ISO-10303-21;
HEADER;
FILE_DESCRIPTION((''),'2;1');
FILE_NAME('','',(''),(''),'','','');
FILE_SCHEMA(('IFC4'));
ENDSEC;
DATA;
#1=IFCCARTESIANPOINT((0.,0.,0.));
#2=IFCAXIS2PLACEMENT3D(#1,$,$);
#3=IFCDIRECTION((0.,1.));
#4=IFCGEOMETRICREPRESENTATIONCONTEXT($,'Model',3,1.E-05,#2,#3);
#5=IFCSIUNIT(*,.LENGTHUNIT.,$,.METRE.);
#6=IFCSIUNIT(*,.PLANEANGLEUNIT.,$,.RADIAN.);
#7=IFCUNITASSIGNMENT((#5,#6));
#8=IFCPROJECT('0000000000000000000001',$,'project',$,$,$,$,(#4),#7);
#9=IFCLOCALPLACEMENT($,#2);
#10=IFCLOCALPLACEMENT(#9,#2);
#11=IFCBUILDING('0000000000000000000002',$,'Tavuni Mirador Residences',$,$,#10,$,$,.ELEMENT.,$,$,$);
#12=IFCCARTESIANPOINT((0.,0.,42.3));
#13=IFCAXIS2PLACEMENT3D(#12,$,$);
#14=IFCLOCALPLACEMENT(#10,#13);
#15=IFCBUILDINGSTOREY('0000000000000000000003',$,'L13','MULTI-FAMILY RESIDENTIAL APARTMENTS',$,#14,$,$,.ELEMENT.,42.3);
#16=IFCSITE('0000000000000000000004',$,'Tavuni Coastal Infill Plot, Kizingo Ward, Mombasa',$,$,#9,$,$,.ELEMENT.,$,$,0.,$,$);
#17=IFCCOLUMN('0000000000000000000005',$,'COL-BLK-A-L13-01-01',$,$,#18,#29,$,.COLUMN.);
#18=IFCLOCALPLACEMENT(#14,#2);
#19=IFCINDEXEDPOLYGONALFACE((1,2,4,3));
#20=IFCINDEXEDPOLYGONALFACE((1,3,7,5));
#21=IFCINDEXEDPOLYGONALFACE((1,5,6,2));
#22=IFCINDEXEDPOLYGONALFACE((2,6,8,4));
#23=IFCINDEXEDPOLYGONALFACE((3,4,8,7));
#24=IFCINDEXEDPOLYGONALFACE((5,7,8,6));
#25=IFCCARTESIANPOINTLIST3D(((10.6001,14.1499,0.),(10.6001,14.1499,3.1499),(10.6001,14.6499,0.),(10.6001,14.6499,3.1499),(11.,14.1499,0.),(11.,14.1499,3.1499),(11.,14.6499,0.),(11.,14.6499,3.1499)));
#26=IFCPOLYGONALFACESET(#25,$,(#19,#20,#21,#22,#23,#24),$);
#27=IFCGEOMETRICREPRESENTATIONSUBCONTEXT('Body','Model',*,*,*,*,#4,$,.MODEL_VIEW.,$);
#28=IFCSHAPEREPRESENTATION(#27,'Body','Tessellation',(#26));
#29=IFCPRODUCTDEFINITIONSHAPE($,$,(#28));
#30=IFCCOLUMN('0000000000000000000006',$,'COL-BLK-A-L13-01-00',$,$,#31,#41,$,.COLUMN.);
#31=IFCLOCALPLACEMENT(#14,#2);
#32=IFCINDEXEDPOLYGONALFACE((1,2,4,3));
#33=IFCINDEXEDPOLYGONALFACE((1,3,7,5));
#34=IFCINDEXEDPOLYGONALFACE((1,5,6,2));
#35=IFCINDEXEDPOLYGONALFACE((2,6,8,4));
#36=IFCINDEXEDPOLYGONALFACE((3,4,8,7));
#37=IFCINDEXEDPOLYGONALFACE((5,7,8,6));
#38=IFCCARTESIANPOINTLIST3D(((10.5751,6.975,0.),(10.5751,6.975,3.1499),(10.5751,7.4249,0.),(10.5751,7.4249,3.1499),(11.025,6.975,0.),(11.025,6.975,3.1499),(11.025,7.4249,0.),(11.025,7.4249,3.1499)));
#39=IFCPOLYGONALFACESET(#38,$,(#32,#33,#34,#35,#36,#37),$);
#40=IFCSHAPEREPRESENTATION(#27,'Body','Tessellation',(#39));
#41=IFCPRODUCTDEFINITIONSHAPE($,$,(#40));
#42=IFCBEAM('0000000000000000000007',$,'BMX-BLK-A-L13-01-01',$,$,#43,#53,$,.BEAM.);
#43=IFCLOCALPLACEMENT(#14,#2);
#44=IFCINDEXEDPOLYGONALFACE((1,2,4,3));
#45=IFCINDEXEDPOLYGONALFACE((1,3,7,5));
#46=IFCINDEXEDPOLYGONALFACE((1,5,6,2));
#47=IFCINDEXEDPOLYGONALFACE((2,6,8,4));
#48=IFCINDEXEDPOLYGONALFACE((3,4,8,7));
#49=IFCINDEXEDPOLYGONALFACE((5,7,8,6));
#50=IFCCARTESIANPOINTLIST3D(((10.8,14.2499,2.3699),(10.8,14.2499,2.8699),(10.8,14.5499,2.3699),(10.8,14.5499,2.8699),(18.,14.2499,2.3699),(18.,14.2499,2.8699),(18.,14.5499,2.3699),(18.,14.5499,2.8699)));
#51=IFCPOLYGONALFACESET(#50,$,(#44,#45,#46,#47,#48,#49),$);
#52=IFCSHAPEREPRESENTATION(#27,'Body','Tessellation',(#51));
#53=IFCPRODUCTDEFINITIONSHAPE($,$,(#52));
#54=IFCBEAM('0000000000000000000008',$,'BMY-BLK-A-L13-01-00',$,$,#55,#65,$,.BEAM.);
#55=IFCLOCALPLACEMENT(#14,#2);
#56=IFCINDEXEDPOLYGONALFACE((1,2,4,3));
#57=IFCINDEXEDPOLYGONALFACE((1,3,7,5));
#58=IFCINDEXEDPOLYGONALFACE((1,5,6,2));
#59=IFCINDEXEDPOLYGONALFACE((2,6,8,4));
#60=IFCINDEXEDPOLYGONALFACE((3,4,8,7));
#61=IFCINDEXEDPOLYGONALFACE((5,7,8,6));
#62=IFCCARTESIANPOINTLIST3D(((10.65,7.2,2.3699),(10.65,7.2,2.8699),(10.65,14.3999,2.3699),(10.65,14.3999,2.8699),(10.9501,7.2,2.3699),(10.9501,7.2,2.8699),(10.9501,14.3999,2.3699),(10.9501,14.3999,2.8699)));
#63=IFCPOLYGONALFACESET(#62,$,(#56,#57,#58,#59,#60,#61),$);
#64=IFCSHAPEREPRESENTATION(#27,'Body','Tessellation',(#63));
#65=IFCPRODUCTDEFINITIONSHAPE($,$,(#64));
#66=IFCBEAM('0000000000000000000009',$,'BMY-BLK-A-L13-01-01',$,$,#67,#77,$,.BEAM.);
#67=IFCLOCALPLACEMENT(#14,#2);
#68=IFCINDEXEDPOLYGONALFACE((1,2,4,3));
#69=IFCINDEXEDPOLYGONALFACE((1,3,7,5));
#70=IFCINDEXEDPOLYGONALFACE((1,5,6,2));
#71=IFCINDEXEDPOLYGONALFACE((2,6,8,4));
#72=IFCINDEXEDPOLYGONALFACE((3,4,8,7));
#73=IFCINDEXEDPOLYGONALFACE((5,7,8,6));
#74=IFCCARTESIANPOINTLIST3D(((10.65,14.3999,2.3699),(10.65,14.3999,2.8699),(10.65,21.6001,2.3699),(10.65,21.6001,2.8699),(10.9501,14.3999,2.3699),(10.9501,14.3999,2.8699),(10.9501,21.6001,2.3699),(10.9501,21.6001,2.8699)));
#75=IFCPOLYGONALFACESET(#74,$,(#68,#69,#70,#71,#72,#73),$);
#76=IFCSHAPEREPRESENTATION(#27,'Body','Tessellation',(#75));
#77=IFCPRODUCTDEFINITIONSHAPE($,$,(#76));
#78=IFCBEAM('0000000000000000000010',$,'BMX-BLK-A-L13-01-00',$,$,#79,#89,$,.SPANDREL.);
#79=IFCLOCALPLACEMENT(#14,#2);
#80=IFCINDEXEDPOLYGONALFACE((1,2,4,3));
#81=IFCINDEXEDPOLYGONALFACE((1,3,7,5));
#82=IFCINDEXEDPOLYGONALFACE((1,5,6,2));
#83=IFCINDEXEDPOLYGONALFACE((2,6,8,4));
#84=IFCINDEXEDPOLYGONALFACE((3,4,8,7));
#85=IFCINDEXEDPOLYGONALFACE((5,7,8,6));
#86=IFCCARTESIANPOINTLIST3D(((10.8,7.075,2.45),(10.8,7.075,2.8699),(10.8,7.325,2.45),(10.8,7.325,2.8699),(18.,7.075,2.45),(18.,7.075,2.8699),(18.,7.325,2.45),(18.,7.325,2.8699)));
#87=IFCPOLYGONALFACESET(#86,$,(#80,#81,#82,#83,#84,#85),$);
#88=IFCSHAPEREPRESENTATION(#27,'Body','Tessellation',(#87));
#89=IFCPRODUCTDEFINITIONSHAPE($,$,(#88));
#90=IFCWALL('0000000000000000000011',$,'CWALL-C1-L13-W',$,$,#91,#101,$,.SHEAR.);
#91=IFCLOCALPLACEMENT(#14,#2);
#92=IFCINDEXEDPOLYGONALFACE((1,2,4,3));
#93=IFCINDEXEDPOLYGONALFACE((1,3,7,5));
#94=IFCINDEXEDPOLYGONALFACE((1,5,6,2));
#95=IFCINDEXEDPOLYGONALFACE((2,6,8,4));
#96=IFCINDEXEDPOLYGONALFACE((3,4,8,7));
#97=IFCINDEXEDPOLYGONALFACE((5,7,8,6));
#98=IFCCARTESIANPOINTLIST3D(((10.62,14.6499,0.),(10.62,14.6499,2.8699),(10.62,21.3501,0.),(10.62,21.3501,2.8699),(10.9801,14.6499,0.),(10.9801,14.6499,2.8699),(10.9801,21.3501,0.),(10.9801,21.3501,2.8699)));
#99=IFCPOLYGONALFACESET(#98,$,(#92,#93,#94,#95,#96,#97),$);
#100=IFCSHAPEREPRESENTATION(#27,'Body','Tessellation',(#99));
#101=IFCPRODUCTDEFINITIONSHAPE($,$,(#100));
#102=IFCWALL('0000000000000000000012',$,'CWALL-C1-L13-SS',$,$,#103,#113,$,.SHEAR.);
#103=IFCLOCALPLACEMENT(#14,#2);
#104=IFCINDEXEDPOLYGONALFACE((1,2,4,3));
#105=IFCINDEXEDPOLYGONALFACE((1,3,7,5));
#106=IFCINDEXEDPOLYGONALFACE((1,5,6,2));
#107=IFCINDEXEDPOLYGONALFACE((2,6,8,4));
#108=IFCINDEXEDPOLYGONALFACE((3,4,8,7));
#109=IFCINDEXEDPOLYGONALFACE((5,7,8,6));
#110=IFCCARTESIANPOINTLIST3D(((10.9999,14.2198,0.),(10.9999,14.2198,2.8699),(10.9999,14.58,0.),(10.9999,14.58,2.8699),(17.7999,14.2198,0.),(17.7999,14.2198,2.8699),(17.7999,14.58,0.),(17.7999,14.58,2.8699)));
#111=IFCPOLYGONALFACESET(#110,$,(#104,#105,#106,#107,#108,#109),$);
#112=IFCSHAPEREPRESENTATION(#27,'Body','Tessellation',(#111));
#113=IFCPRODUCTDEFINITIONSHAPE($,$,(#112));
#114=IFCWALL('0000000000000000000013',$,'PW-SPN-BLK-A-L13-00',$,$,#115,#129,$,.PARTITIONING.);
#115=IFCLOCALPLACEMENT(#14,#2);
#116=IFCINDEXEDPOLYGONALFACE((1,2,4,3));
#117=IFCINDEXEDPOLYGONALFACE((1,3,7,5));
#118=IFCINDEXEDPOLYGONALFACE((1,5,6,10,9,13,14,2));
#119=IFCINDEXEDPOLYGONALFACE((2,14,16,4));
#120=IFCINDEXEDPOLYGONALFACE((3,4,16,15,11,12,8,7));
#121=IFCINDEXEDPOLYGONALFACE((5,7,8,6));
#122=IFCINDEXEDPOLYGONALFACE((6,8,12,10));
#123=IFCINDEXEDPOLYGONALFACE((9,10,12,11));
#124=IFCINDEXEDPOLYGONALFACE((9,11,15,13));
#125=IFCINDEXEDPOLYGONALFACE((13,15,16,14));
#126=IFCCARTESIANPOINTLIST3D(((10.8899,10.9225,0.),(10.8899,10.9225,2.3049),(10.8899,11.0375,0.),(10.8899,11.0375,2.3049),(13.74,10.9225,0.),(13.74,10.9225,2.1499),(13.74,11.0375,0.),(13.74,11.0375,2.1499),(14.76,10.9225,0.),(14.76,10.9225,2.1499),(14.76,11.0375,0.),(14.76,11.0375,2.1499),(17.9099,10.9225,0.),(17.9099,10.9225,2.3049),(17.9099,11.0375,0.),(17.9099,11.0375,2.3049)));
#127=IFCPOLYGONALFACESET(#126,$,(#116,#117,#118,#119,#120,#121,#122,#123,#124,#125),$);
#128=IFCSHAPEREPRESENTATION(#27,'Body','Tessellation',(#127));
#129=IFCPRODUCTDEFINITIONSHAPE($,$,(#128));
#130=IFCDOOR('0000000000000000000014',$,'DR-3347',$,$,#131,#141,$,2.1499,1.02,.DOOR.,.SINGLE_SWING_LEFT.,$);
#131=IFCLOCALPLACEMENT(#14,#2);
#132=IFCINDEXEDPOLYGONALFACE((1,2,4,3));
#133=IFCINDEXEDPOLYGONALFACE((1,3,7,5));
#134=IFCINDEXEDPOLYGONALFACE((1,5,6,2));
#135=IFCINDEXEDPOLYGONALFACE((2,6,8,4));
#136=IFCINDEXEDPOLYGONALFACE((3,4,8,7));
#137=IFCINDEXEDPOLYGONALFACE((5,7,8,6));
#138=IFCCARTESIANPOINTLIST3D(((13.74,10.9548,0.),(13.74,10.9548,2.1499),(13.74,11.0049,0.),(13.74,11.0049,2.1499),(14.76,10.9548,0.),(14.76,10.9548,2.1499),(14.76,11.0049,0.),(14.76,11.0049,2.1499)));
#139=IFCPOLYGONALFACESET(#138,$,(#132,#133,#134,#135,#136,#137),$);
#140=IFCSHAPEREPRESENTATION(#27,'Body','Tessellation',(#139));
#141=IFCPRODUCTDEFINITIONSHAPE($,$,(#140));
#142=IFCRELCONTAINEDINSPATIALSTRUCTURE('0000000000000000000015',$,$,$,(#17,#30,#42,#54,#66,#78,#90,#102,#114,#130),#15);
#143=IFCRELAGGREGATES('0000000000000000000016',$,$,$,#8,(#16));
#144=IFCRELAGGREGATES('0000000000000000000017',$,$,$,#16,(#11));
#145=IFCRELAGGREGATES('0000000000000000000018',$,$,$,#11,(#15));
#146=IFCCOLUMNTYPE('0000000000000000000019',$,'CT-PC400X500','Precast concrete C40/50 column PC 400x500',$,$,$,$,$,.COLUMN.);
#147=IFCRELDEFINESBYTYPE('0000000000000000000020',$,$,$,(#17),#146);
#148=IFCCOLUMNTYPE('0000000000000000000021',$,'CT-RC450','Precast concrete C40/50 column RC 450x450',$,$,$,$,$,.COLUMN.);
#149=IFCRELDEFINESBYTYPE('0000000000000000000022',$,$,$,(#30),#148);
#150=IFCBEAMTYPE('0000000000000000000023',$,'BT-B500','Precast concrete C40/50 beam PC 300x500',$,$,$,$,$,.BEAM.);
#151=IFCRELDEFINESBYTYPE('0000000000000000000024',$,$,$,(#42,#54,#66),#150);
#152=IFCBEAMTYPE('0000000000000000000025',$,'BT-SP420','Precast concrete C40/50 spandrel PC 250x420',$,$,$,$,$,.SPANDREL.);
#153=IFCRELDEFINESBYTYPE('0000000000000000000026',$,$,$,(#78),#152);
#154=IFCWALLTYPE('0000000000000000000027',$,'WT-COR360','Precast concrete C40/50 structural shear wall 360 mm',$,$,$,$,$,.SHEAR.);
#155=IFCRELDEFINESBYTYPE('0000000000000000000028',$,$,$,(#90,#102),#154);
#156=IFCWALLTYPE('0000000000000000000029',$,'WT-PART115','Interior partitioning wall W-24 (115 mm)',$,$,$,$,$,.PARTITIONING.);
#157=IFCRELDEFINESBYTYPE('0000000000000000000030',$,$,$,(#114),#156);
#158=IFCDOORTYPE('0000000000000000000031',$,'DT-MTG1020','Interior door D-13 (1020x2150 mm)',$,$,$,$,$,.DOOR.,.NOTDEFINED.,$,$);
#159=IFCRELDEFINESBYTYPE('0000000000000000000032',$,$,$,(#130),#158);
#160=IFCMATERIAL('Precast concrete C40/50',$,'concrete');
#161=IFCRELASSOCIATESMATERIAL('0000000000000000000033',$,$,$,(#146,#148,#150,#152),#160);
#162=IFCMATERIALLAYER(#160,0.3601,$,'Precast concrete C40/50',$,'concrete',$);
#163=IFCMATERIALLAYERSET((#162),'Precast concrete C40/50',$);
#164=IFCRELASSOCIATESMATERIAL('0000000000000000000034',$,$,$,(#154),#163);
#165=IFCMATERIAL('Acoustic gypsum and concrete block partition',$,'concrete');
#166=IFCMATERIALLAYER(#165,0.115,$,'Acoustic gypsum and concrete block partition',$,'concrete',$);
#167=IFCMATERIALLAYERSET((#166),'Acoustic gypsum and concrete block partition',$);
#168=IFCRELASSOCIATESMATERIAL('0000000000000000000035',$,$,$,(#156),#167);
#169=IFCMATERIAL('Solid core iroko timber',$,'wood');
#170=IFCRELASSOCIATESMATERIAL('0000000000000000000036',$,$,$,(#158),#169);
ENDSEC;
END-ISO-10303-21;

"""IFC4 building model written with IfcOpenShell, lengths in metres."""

from ifc_helpers import new_model, si_unit, direction, frame, frame_2d, origin, origin_2d, place, context, subcontext, project, spatial, rectangle, extrude, material, layer, layer_set, material_profile, profile_set, type_object, element, fill, save


model = new_model("IFC4")

# Units and contexts
model_context = context("Model", 3, precision=1e-05, world=origin(), true_north=direction((0.0, 1.0)))
body_context = subcontext(model_context, "Body", "Model", "MODEL_VIEW")
ifc_project = project(units=[si_unit("LENGTHUNIT", "METRE"), si_unit("PLANEANGLEUNIT", "RADIAN")], contexts=[model_context])

# Site, building, storey
site_placement = place(None, origin())
site = spatial("IfcSite", under=ifc_project, at=site_placement, Name="Tavuni Coastal Infill Plot, Kizingo Ward, Mombasa", CompositionType="ELEMENT", RefElevation=0.0)
building_placement = place(site_placement, origin())
building = spatial("IfcBuilding", under=site, at=building_placement, Name="Tavuni Mirador Residences", CompositionType="ELEMENT")
storey_placement = place(building_placement, frame((0.0, 0.0, 42.3)))
storey = spatial("IfcBuildingStorey", under=building, at=storey_placement, Name="L13", Description="MULTI-FAMILY RESIDENTIAL APARTMENTS", CompositionType="ELEMENT", Elevation=42.3)

# Columns
ifc_material_1 = material(Name="Precast concrete C40/50", Category="concrete")
ifc_material_profile_1 = material_profile(ifc_material_1, rectangle(XDim=0.3999, YDim=0.5, at=origin_2d()), Name="PC 400x500", Category="concrete")
ifc_profile_set_1 = profile_set([ifc_material_profile_1], Name="Precast concrete C40/50")
column_type_1 = type_object("IfcColumnType", Name="CT-PC400X500", Description="Precast concrete C40/50 column PC 400x500", PredefinedType="COLUMN", material=ifc_profile_set_1)
column_1_placement = place(storey_placement, frame((10.8, 14.3999, 0.0), z_axis=(0.0, 0.0, 1.0), x_axis=(1.0, 0.0, 0.0)))
element("IfcColumn", 1, at=column_1_placement, inside=storey, type_object=column_type_1, Name="COL-BLK-A-L13-01-01", PredefinedType="COLUMN", context=body_context, shape_type="SweptSolid", body=[
    extrude(rectangle(XDim=0.3999, YDim=0.5, at=origin_2d()), origin(), (0.0, 0.0, 1.0), 3.1499),
])
ifc_material_profile_2 = material_profile(ifc_material_1, rectangle(XDim=0.45, YDim=0.45, at=origin_2d()), Name="RC 450x450", Category="concrete")
ifc_profile_set_2 = profile_set([ifc_material_profile_2], Name="Precast concrete C40/50")
column_type_2 = type_object("IfcColumnType", Name="CT-RC450", Description="Precast concrete C40/50 column RC 450x450", PredefinedType="COLUMN", material=ifc_profile_set_2)
column_2_placement = place(storey_placement, frame((10.8, 7.2, 0.0), z_axis=(0.0, 0.0, 1.0), x_axis=(1.0, 0.0, 0.0)))
element("IfcColumn", 2, at=column_2_placement, inside=storey, type_object=column_type_2, Name="COL-BLK-A-L13-01-00", PredefinedType="COLUMN", context=body_context, shape_type="SweptSolid", body=[
    extrude(rectangle(XDim=0.45, YDim=0.45, at=origin_2d()), origin(), (0.0, 0.0, 1.0), 3.1499),
])

# Beams
ifc_material_profile_3 = material_profile(ifc_material_1, rectangle(XDim=0.3, YDim=0.5, at=origin_2d()), Name="PC 300x500", Category="concrete")
ifc_profile_set_3 = profile_set([ifc_material_profile_3], Name="Precast concrete C40/50")
beam_type_1 = type_object("IfcBeamType", Name="BT-B500", Description="Precast concrete C40/50 beam PC 300x500", PredefinedType="BEAM", material=ifc_profile_set_3)
for number, where, z_axis, x_axis, name in (
    (3, (10.8, 14.3999, 2.6199), (1.0, 0.0, 0.0), (0.0, 1.0, 0.0), "BMX-BLK-A-L13-01-01"),
    (4, (10.8, 7.2, 2.6199), (0.0, 1.0, 0.0), (-1.0, 0.0, 0.0), "BMY-BLK-A-L13-01-00"),
):
    element("IfcBeam", number, at=place(storey_placement, frame(where, z_axis=z_axis, x_axis=x_axis)), inside=storey, type_object=beam_type_1, Name=name, PredefinedType="BEAM", context=body_context, shape_type="SweptSolid", body=[
        extrude(rectangle(XDim=0.3, YDim=0.5, at=origin_2d()), origin(), (0.0, 0.0, 1.0), 7.2),
    ])
beam_1_placement = place(storey_placement, frame((10.8, 14.3999, 2.6199), z_axis=(0.0, 1.0, 0.0), x_axis=(-1.0, 0.0, 0.0)))
element("IfcBeam", 5, at=beam_1_placement, inside=storey, type_object=beam_type_1, Name="BMY-BLK-A-L13-01-01", PredefinedType="BEAM", context=body_context, shape_type="SweptSolid", body=[
    extrude(rectangle(XDim=0.3, YDim=0.5, at=origin_2d()), origin(), (0.0, 0.0, 1.0), 7.2002),
])
ifc_material_profile_4 = material_profile(ifc_material_1, rectangle(XDim=0.25, YDim=0.4199, at=origin_2d()), Name="PC 250x420", Category="concrete")
ifc_profile_set_4 = profile_set([ifc_material_profile_4], Name="Precast concrete C40/50")
beam_type_2 = type_object("IfcBeamType", Name="BT-SP420", Description="Precast concrete C40/50 spandrel PC 250x420", PredefinedType="SPANDREL", material=ifc_profile_set_4)
beam_2_placement = place(storey_placement, frame((10.8, 7.2, 2.6599), z_axis=(1.0, 0.0, 0.0), x_axis=(0.0, 1.0, 0.0)))
element("IfcBeam", 6, at=beam_2_placement, inside=storey, type_object=beam_type_2, Name="BMX-BLK-A-L13-01-00", PredefinedType="SPANDREL", context=body_context, shape_type="SweptSolid", body=[
    extrude(rectangle(XDim=0.25, YDim=0.4199, at=origin_2d()), origin(), (0.0, 0.0, 1.0), 7.2),
])

# Walls
ifc_layer_1 = layer(ifc_material_1, 0.3601, Name="Precast concrete C40/50", Category="concrete")
ifc_layer_set_1 = layer_set([ifc_layer_1], Name="Precast concrete C40/50")
wall_type_1 = type_object("IfcWallType", Name="WT-COR360", Description="Precast concrete C40/50 structural shear wall 360 mm", PredefinedType="SHEAR", material=ifc_layer_set_1)
wall_1_placement = place(storey_placement, frame((10.8, 14.6499, 0.0), z_axis=(0.0, 0.0, 1.0), x_axis=(0.0, 1.0, 0.0)))
element("IfcWall", 7, at=wall_1_placement, inside=storey, type_object=wall_type_1, Name="CWALL-C1-L13-W", PredefinedType="SHEAR", context=body_context, shape_type="SweptSolid", body=[
    extrude(rectangle(XDim=6.7002, YDim=0.3601, at=frame_2d((3.3501, 0.0))), origin(), (0.0, 0.0, 1.0), 2.8699),
])
wall_2_placement = place(storey_placement, frame((11.0, 14.3999, 0.0), z_axis=(0.0, 0.0, 1.0), x_axis=(1.0, 0.0, 0.0)))
element("IfcWall", 8, at=wall_2_placement, inside=storey, type_object=wall_type_1, Name="CWALL-C1-L13-SS", PredefinedType="SHEAR", context=body_context, shape_type="SweptSolid", body=[
    extrude(rectangle(XDim=6.8, YDim=0.3601, at=frame_2d((3.3999, 0.0))), origin(), (0.0, 0.0, 1.0), 2.8699),
])

# Wall, opening, door
ifc_material_2 = material(Name="Solid core iroko timber", Category="wood")
ifc_material_3 = material(Name="Acoustic gypsum and concrete block partition", Category="concrete")
ifc_layer_2 = layer(ifc_material_3, 0.115, Name="Acoustic gypsum and concrete block partition", Category="concrete")
ifc_layer_set_2 = layer_set([ifc_layer_2], Name="Acoustic gypsum and concrete block partition")
wall_type_2 = type_object("IfcWallType", Name="WT-PART115", Description="Interior partitioning wall W-24 (115 mm)", PredefinedType="PARTITIONING", material=ifc_layer_set_2)
wall_3_placement = place(storey_placement, frame((10.8899, 10.98, 0.0), z_axis=(0.0, 0.0, 1.0), x_axis=(1.0, 0.0, 0.0)))
wall_3 = element("IfcWall", 9, at=wall_3_placement, inside=storey, type_object=wall_type_2, Name="PW-SPN-BLK-A-L13-00", PredefinedType="PARTITIONING", context=body_context, shape_type="SweptSolid", body=[
    extrude(rectangle(XDim=7.02, YDim=0.115, at=frame_2d((3.51, 0.0))), origin(), (0.0, 0.0, 1.0), 2.3049),
])
opening_1_placement = place(wall_3_placement, frame((2.8501, 0.0, 0.0)))
opening_1 = element("IfcOpeningElement", 10, at=opening_1_placement, cuts=wall_3, PredefinedType="OPENING", context=body_context, shape_type="SweptSolid", body=[
    extrude(rectangle(XDim=1.02, YDim=2.1499, at=frame_2d((0.51, 1.075))), frame((0.0, 0.0674, 0.0), z_axis=(0.0, -1.0, 0.0), x_axis=(1.0, 0.0, 0.0)), (0.0, 0.0, 1.0), 0.135),
])
door_type_1 = type_object("IfcDoorType", Name="DT-MTG1020", Description="Interior door D-13 (1020x2150 mm)", OperationType="NOTDEFINED", PredefinedType="DOOR", material=ifc_material_2)
door_1_placement = place(opening_1_placement, origin())
door_1 = element("IfcDoor", 11, at=door_1_placement, inside=storey, type_object=door_type_1, Name="DR-3347", OperationType="SINGLE_SWING_LEFT", OverallHeight=2.1499, OverallWidth=1.02, PredefinedType="DOOR", context=body_context, shape_type="SweptSolid", body=[
    extrude(rectangle(XDim=1.02, YDim=2.1499, at=frame_2d((0.51, 1.075))), frame((0.0, 0.0249, 0.0), z_axis=(0.0, -1.0, 0.0), x_axis=(1.0, 0.0, 0.0)), (0.0, 0.0, 1.0), 0.05),
])
fill(opening_1, door_1)

save(model, "model.ifc")
